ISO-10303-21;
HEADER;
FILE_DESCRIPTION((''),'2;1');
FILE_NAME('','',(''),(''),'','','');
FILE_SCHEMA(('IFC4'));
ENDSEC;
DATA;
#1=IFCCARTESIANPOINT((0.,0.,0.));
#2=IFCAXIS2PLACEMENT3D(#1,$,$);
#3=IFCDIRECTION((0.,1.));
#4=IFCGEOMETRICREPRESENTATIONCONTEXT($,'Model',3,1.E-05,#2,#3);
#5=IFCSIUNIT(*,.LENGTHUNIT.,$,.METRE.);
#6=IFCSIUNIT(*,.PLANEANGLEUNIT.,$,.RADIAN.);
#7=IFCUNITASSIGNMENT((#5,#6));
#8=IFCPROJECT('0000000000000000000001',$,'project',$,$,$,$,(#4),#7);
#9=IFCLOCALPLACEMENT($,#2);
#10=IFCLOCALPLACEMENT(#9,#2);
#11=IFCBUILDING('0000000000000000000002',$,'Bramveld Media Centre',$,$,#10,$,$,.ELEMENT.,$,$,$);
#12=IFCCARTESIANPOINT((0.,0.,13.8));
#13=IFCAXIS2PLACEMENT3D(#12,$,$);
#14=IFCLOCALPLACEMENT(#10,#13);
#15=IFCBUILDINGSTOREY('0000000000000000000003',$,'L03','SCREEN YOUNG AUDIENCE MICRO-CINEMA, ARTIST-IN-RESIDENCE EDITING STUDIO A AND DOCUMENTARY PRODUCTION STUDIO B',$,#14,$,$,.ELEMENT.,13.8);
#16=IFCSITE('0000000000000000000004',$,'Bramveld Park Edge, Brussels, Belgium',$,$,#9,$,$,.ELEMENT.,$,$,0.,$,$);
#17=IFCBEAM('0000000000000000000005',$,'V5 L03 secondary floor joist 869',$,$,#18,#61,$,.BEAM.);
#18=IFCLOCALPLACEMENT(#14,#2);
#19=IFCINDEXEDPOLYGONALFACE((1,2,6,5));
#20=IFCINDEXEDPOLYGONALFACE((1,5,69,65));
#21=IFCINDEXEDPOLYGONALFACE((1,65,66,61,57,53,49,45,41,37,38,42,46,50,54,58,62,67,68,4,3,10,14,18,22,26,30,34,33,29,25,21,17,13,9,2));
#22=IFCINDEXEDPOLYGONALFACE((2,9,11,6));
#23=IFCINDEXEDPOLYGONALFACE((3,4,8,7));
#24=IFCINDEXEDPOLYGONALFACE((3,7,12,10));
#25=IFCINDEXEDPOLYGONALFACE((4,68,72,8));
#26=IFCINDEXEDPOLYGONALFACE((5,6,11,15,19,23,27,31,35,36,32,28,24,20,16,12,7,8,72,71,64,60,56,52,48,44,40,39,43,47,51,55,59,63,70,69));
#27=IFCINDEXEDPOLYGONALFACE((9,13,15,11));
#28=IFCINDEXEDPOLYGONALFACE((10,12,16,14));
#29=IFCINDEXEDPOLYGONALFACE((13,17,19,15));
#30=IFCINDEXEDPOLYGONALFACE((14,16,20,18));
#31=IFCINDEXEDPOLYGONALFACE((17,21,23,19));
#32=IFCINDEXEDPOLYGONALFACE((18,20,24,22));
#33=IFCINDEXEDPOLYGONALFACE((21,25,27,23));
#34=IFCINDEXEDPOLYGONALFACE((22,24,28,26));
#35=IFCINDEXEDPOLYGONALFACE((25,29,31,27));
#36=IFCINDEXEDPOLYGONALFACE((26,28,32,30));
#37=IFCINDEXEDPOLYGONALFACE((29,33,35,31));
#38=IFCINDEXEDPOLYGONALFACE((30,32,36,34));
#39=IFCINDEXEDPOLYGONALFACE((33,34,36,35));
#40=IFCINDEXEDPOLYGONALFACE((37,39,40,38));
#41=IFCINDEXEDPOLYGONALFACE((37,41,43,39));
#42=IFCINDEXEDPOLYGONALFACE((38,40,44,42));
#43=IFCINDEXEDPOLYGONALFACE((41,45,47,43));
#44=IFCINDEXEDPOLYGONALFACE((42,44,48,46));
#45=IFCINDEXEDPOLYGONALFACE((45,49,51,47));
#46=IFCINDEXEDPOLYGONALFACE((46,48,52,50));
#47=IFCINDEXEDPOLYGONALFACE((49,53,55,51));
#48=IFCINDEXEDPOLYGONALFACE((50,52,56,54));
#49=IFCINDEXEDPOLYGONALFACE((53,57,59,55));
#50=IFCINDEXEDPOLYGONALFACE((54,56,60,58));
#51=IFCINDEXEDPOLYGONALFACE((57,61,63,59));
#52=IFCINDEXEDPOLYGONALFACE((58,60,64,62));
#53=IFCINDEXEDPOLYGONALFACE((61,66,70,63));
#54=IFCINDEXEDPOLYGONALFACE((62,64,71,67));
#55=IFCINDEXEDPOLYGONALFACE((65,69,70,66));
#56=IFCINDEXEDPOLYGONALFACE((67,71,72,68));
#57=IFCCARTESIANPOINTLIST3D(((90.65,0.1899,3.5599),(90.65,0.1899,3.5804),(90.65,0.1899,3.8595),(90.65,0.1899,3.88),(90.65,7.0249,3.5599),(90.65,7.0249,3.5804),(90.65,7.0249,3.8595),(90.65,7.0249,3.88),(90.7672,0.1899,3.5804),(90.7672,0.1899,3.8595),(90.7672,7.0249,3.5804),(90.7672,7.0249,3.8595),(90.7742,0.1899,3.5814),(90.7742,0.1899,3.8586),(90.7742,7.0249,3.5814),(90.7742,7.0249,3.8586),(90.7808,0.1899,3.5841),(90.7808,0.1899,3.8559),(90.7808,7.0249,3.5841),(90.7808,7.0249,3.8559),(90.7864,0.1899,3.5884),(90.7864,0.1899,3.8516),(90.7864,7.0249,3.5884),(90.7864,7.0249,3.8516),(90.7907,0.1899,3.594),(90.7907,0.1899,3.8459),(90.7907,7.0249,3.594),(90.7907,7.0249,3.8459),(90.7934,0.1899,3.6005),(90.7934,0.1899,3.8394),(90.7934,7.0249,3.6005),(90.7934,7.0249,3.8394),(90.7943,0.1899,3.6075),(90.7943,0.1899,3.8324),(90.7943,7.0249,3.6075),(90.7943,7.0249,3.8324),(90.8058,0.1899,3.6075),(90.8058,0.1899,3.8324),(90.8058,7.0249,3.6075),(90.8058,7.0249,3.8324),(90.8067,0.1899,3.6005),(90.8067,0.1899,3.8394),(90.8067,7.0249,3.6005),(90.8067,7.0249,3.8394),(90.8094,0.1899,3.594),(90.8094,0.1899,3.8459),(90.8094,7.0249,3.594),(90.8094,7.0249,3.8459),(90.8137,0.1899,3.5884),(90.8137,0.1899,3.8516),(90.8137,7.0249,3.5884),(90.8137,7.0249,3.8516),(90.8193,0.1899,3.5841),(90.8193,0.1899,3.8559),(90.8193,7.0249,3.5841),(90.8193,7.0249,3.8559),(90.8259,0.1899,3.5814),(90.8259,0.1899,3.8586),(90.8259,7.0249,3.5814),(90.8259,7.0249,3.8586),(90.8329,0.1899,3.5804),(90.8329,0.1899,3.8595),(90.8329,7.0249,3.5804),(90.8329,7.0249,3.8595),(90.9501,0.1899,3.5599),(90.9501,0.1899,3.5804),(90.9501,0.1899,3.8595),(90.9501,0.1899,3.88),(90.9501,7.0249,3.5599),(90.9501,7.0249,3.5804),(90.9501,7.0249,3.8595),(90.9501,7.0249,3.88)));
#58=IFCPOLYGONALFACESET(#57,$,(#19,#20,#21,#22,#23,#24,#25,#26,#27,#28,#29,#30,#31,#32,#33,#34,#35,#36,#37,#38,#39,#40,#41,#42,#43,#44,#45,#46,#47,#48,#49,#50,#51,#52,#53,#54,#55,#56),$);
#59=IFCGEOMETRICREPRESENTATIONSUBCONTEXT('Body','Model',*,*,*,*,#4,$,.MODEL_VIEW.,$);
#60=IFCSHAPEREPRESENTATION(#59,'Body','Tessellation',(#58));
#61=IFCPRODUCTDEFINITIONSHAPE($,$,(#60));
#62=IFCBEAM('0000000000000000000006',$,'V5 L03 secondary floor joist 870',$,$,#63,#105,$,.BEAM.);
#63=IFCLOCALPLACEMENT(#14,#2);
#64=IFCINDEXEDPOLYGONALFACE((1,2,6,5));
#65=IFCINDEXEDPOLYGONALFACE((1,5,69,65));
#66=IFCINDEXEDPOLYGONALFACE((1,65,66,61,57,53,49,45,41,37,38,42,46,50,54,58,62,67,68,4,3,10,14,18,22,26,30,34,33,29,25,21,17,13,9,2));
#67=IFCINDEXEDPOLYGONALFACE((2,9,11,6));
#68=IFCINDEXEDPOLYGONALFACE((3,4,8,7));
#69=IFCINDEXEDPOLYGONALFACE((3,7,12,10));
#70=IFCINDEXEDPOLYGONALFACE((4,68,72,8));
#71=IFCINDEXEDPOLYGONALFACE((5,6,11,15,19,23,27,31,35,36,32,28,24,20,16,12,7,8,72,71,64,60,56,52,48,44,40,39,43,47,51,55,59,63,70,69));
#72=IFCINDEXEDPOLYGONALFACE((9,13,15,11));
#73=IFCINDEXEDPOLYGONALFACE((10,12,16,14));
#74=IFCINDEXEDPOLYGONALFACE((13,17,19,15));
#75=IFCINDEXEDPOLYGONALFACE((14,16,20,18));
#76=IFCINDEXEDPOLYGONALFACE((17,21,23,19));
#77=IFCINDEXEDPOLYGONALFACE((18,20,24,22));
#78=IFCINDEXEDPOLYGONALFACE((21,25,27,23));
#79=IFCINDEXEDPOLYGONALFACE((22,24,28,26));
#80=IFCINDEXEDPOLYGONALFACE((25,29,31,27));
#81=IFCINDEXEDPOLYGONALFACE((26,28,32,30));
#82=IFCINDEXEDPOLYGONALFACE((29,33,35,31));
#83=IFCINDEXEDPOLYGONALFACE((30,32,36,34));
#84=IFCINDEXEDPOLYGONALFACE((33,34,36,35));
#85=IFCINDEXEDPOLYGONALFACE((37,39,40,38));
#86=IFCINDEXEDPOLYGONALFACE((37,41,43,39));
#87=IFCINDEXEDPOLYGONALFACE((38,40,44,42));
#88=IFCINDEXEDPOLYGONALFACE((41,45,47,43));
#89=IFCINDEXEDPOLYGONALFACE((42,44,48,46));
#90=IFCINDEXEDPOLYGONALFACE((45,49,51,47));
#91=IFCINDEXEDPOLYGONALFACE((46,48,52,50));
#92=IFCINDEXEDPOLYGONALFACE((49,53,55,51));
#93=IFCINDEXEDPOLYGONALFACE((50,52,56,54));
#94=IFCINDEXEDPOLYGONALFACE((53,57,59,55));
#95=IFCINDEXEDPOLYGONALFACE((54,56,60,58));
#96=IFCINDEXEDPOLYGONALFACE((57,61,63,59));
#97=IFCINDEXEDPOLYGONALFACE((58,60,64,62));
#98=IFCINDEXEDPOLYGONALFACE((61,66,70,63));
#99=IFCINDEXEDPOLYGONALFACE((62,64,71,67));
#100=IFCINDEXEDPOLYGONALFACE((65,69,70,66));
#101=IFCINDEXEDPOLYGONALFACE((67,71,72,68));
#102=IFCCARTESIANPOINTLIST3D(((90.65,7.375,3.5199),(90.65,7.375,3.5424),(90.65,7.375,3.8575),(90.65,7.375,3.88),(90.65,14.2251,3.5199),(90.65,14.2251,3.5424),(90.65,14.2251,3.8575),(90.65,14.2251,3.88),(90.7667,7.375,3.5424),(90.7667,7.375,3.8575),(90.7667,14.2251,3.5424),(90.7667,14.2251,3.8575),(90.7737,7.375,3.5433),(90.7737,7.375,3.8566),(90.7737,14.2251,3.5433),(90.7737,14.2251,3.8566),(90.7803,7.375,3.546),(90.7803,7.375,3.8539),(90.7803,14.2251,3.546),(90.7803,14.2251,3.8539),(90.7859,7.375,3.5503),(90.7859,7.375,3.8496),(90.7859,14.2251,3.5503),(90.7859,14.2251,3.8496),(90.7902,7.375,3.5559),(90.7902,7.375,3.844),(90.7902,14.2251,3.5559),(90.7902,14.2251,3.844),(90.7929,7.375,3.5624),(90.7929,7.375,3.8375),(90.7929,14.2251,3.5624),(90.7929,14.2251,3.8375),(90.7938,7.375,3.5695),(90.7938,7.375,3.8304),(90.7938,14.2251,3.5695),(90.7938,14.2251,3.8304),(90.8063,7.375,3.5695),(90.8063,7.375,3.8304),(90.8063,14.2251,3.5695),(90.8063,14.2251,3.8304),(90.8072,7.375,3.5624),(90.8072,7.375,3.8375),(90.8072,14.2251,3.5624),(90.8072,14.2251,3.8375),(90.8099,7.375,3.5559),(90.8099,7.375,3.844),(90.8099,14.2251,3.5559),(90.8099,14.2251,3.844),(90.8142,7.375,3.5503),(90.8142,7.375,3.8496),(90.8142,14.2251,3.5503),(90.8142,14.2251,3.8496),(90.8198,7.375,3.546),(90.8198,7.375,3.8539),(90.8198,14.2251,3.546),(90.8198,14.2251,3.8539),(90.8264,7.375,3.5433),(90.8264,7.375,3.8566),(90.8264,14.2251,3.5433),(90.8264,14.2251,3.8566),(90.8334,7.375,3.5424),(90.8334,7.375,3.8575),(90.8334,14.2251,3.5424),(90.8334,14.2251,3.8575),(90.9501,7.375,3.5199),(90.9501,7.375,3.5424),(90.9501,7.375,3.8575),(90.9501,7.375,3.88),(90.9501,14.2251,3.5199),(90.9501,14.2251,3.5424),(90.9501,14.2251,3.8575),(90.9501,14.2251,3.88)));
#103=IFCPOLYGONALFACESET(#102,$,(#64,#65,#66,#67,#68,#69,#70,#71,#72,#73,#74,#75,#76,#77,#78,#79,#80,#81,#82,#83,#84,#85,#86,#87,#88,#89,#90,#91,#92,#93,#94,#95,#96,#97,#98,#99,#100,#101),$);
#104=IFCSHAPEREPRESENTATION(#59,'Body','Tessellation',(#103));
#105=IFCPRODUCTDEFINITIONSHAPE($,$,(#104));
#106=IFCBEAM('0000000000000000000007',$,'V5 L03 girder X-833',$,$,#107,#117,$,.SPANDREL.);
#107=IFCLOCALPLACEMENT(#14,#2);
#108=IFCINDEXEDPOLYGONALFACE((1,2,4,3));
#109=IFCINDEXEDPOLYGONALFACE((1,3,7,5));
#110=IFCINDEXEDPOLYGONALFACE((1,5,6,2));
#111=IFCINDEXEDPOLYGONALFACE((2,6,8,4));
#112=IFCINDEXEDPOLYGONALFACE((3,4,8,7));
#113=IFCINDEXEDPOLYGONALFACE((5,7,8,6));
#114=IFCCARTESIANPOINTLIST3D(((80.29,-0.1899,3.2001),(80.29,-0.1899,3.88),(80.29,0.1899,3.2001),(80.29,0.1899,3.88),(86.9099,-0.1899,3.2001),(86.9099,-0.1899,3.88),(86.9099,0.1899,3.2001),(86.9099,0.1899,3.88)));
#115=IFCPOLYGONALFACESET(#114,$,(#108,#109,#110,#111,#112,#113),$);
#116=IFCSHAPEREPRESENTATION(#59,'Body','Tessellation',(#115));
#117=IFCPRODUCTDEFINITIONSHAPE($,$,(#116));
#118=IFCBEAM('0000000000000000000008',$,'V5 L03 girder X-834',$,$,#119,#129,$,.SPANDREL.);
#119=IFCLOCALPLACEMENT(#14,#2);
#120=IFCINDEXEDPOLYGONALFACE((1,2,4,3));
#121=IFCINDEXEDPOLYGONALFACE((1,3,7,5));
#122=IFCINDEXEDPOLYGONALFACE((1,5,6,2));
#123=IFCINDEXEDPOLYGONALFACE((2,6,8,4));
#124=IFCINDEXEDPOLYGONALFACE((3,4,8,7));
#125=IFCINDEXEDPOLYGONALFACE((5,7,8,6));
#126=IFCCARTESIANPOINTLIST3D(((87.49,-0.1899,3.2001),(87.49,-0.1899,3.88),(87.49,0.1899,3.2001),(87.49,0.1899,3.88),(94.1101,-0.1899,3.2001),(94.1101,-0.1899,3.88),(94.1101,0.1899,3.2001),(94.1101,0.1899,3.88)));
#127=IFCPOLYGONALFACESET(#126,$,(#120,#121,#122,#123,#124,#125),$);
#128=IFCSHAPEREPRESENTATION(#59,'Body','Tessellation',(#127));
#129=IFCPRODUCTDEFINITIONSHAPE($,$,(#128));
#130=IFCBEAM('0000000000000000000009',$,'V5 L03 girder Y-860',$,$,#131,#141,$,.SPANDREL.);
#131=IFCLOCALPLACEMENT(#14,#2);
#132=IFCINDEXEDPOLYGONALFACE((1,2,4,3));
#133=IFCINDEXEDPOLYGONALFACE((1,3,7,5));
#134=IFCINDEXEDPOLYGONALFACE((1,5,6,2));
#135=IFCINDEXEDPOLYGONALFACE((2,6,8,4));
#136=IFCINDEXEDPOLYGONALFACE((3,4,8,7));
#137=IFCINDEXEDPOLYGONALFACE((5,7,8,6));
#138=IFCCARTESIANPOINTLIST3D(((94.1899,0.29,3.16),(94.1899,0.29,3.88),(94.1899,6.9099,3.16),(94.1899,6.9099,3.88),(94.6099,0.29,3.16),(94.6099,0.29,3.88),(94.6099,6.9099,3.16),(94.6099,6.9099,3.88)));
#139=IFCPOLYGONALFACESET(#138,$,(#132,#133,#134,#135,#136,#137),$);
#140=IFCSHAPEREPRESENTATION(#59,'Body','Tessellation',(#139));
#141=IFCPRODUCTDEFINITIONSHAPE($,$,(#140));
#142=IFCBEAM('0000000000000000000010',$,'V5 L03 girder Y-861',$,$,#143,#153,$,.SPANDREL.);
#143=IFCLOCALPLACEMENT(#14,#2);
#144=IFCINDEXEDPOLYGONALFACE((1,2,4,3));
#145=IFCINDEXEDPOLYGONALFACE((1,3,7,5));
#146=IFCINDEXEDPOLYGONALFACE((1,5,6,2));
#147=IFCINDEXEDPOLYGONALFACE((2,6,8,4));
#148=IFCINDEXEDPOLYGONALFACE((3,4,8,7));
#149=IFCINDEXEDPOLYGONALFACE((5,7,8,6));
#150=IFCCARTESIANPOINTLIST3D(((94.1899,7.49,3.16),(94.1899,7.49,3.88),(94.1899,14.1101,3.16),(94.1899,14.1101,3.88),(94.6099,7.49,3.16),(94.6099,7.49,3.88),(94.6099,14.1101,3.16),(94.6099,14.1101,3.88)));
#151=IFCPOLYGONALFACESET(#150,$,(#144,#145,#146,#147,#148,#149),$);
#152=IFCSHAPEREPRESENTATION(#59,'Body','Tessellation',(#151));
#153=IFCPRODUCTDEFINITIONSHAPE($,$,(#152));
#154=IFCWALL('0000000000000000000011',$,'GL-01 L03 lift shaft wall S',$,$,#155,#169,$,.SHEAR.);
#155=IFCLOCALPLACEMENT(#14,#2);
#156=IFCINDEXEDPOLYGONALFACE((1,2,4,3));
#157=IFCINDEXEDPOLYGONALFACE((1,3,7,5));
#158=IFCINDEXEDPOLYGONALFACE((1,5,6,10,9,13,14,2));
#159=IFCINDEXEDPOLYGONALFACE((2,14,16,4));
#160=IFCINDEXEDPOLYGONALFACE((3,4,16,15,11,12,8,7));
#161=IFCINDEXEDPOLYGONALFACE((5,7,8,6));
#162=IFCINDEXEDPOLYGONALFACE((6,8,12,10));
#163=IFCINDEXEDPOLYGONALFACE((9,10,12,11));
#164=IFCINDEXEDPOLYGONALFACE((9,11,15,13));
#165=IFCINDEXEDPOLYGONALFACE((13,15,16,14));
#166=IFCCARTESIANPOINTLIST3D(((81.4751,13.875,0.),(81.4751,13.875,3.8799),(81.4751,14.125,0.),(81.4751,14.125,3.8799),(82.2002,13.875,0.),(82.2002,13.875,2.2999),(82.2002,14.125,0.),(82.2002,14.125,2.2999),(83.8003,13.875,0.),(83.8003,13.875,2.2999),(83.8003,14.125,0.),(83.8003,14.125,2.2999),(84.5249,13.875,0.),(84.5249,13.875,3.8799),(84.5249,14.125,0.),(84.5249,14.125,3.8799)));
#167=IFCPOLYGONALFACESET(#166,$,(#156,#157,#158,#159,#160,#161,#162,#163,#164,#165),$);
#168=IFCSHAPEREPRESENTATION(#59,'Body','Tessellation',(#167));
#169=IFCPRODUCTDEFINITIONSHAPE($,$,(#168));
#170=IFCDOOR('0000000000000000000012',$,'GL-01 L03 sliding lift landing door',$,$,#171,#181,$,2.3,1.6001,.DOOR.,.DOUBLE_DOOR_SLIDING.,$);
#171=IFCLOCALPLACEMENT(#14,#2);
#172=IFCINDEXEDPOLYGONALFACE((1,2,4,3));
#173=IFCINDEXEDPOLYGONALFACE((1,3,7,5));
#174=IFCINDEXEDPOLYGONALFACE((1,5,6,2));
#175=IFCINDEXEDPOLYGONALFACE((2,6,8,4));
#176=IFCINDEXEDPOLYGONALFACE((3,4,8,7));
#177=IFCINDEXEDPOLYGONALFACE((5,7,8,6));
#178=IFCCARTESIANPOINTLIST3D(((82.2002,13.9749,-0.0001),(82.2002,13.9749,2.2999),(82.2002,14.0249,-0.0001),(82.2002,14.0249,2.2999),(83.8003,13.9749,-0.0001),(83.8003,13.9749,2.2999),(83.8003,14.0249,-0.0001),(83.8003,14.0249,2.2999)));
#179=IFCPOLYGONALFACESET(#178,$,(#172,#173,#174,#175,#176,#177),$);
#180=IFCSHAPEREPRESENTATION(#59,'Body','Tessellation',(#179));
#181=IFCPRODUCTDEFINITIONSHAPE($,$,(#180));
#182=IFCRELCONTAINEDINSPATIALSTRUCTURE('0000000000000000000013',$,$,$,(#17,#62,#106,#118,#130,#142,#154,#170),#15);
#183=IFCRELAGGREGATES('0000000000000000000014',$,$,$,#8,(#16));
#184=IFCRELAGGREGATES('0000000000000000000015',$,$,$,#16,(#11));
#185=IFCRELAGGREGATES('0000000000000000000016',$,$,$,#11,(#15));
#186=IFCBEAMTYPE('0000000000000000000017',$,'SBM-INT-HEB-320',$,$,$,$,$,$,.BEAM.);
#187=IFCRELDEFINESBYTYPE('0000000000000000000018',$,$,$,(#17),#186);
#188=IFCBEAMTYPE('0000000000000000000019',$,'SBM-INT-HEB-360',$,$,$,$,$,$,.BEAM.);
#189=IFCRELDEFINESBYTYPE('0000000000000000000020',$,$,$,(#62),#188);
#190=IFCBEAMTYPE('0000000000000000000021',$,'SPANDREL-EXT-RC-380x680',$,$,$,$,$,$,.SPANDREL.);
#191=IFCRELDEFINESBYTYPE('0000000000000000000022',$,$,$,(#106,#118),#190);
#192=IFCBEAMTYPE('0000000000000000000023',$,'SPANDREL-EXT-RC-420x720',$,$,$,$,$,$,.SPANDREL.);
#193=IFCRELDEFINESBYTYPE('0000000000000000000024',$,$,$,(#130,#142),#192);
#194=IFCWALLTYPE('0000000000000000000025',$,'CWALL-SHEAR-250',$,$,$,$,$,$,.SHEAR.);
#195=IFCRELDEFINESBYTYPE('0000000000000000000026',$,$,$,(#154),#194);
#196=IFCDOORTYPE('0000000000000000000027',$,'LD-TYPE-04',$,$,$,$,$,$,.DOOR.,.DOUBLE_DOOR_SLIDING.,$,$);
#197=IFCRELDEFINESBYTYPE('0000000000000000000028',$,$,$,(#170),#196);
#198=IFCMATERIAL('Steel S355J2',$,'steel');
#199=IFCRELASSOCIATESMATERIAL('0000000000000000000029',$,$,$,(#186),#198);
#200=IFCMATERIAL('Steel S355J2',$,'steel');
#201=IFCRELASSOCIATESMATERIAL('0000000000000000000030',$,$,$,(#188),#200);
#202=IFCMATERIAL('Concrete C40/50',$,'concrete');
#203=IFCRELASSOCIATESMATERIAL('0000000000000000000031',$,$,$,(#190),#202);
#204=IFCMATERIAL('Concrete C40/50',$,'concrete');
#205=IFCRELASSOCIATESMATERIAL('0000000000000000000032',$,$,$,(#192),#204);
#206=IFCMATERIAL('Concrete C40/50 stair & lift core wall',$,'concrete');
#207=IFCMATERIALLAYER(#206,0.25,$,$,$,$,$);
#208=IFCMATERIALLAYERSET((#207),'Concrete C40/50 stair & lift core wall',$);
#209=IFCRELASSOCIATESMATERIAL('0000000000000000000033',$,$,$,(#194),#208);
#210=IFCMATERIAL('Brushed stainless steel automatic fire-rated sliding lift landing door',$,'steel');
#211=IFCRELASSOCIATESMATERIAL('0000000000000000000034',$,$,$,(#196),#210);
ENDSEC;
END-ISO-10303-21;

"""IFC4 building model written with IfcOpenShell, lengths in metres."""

from ifc_helpers import new_model, si_unit, direction, frame, frame_2d, origin, origin_2d, place, context, subcontext, project, spatial, rectangle, i_section, extrude, material, layer, layer_set, material_profile, profile_set, type_object, element, fill, save


model = new_model("IFC4")

# Units and contexts
model_context = context("Model", 3, precision=1e-05, world=origin(), true_north=direction((0.0, 1.0)))
body_context = subcontext(model_context, "Body", "Model", "MODEL_VIEW")
ifc_project = project(units=[si_unit("LENGTHUNIT", "METRE"), si_unit("PLANEANGLEUNIT", "RADIAN")], contexts=[model_context])

# Site, building, storey
site_placement = place(None, origin())
site = spatial("IfcSite", under=ifc_project, at=site_placement, Name="Bramveld Park Edge, Brussels, Belgium", CompositionType="ELEMENT", RefElevation=0.0)
building_placement = place(site_placement, origin())
building = spatial("IfcBuilding", under=site, at=building_placement, Name="Bramveld Media Centre", CompositionType="ELEMENT")
storey_placement = place(building_placement, frame((0.0, 0.0, 13.8)))
storey = spatial("IfcBuildingStorey", under=building, at=storey_placement, Name="L03", Description="SCREEN YOUNG AUDIENCE MICRO-CINEMA, ARTIST-IN-RESIDENCE EDITING STUDIO A AND DOCUMENTARY PRODUCTION STUDIO B", CompositionType="ELEMENT", Elevation=13.8)

# Beams
ifc_material_1 = material(Name="Steel S355J2", Category="steel")
ifc_material_profile_1 = material_profile(ifc_material_1, i_section(OverallWidth=0.3, OverallDepth=0.3201, WebThickness=0.0115, FlangeThickness=0.0205, FilletRadius=0.0271, at=origin_2d()), Name="HEB 320")
ifc_profile_set_1 = profile_set([ifc_material_profile_1], Name="Steel S355J2")
beam_type_1 = type_object("IfcBeamType", Name="SBM-INT-HEB-320", PredefinedType="BEAM", material=ifc_profile_set_1)
beam_1_placement = place(storey_placement, frame((90.8, 0.1899, 3.72), z_axis=(0.0, 1.0, 0.0), x_axis=(-1.0, 0.0, 0.0)))
element("IfcBeam", 1, at=beam_1_placement, inside=storey, type_object=beam_type_1, Name="V5 L03 secondary floor joist 869", PredefinedType="BEAM", context=body_context, shape_type="SweptSolid", body=[
    extrude(i_section(OverallWidth=0.3, OverallDepth=0.3201, WebThickness=0.0115, FlangeThickness=0.0205, FilletRadius=0.0271, at=origin_2d()), origin(), (0.0, 0.0, 1.0), 6.835),
])
ifc_material_2 = material(Name="Steel S355J2", Category="steel")
ifc_material_profile_2 = material_profile(ifc_material_2, i_section(OverallWidth=0.3, OverallDepth=0.3601, WebThickness=0.0125, FlangeThickness=0.0225, FilletRadius=0.0271, at=origin_2d()), Name="HEB 360")
ifc_profile_set_2 = profile_set([ifc_material_profile_2], Name="Steel S355J2")
beam_type_2 = type_object("IfcBeamType", Name="SBM-INT-HEB-360", PredefinedType="BEAM", material=ifc_profile_set_2)
beam_2_placement = place(storey_placement, frame((90.8, 7.375, 3.7), z_axis=(0.0, 1.0, 0.0), x_axis=(-1.0, 0.0, 0.0)))
element("IfcBeam", 2, at=beam_2_placement, inside=storey, type_object=beam_type_2, Name="V5 L03 secondary floor joist 870", PredefinedType="BEAM", context=body_context, shape_type="SweptSolid", body=[
    extrude(i_section(OverallWidth=0.3, OverallDepth=0.3601, WebThickness=0.0125, FlangeThickness=0.0225, FilletRadius=0.0271, at=origin_2d()), origin(), (0.0, 0.0, 1.0), 6.8501),
])
ifc_material_3 = material(Name="Concrete C40/50", Category="concrete")
ifc_material_profile_3 = material_profile(ifc_material_3, rectangle(XDim=0.3799, YDim=0.6799, at=origin_2d()), Name="RC 380x680")
ifc_profile_set_3 = profile_set([ifc_material_profile_3], Name="Concrete C40/50")
beam_type_3 = type_object("IfcBeamType", Name="SPANDREL-EXT-RC-380x680", PredefinedType="SPANDREL", material=ifc_profile_set_3)
beam_3_placement = place(storey_placement, frame((80.29, 0.0, 3.54), z_axis=(1.0, 0.0, 0.0), x_axis=(0.0, 1.0, 0.0)))
element("IfcBeam", 3, at=beam_3_placement, inside=storey, type_object=beam_type_3, Name="V5 L03 girder X-833", PredefinedType="SPANDREL", context=body_context, shape_type="SweptSolid", body=[
    extrude(rectangle(XDim=0.3799, YDim=0.6799, at=origin_2d()), origin(), (0.0, 0.0, 1.0), 6.6199),
])
beam_4_placement = place(storey_placement, frame((87.49, 0.0, 3.54), z_axis=(1.0, 0.0, 0.0), x_axis=(0.0, 1.0, 0.0)))
element("IfcBeam", 4, at=beam_4_placement, inside=storey, type_object=beam_type_3, Name="V5 L03 girder X-834", PredefinedType="SPANDREL", context=body_context, shape_type="SweptSolid", body=[
    extrude(rectangle(XDim=0.3799, YDim=0.6799, at=origin_2d()), origin(), (0.0, 0.0, 1.0), 6.6201),
])
ifc_material_4 = material(Name="Concrete C40/50", Category="concrete")
ifc_material_profile_4 = material_profile(ifc_material_4, rectangle(XDim=0.4199, YDim=0.72, at=origin_2d()), Name="RC 420x720")
ifc_profile_set_4 = profile_set([ifc_material_profile_4], Name="Concrete C40/50")
beam_type_4 = type_object("IfcBeamType", Name="SPANDREL-EXT-RC-420x720", PredefinedType="SPANDREL", material=ifc_profile_set_4)
beam_5_placement = place(storey_placement, frame((94.3999, 0.29, 3.52), z_axis=(0.0, 1.0, 0.0), x_axis=(-1.0, 0.0, 0.0)))
element("IfcBeam", 5, at=beam_5_placement, inside=storey, type_object=beam_type_4, Name="V5 L03 girder Y-860", PredefinedType="SPANDREL", context=body_context, shape_type="SweptSolid", body=[
    extrude(rectangle(XDim=0.4199, YDim=0.72, at=origin_2d()), origin(), (0.0, 0.0, 1.0), 6.6199),
])
beam_6_placement = place(storey_placement, frame((94.3999, 7.49, 3.52), z_axis=(0.0, 1.0, 0.0), x_axis=(-1.0, 0.0, 0.0)))
element("IfcBeam", 6, at=beam_6_placement, inside=storey, type_object=beam_type_4, Name="V5 L03 girder Y-861", PredefinedType="SPANDREL", context=body_context, shape_type="SweptSolid", body=[
    extrude(rectangle(XDim=0.4199, YDim=0.72, at=origin_2d()), origin(), (0.0, 0.0, 1.0), 6.6201),
])

# Wall, opening, door
ifc_material_5 = material(Name="Concrete C40/50 stair & lift core wall", Category="concrete")
ifc_layer_1 = layer(ifc_material_5, 0.25)
ifc_layer_set_1 = layer_set([ifc_layer_1], Name="Concrete C40/50 stair & lift core wall")
wall_type_1 = type_object("IfcWallType", Name="CWALL-SHEAR-250", PredefinedType="SHEAR", material=ifc_layer_set_1)
wall_1_placement = place(storey_placement, frame((81.4751, 14.0, 0.0), z_axis=(0.0, 0.0, 1.0), x_axis=(1.0, 0.0, 0.0)))
wall_1 = element("IfcWall", 7, at=wall_1_placement, inside=storey, type_object=wall_type_1, Name="GL-01 L03 lift shaft wall S", PredefinedType="SHEAR", context=body_context, shape_type="SweptSolid", body=[
    extrude(rectangle(XDim=3.0498, YDim=0.25, at=frame_2d((1.5249, 0.0))), origin(), (0.0, 0.0, 1.0), 3.8799),
])
opening_placement = place(wall_1_placement, frame((0.7251, 0.0, 0.0)))
opening = element("IfcOpeningElement", 8, at=opening_placement, cuts=wall_1, PredefinedType="OPENING", context=body_context, shape_type="SweptSolid", body=[
    extrude(rectangle(XDim=1.6001, YDim=2.3, at=frame_2d((0.8, 1.1499))), frame((0.0, 0.137, 0.0), z_axis=(0.0, -1.0, 0.0), x_axis=(1.0, 0.0, 0.0)), (0.0, 0.0, 1.0), 0.2739),
])
ifc_material_6 = material(Name="Brushed stainless steel automatic fire-rated sliding lift landing door", Category="steel")
door_type = type_object("IfcDoorType", Name="LD-TYPE-04", OperationType="DOUBLE_DOOR_SLIDING", PredefinedType="DOOR", material=ifc_material_6)
door_placement = place(opening_placement, origin())
door = element("IfcDoor", 9, at=door_placement, inside=storey, type_object=door_type, Name="GL-01 L03 sliding lift landing door", OperationType="DOUBLE_DOOR_SLIDING", OverallHeight=2.3, OverallWidth=1.6001, PredefinedType="DOOR", context=body_context, shape_type="SweptSolid", body=[
    extrude(rectangle(XDim=1.6001, YDim=2.3, at=frame_2d((0.8, 1.1499))), frame((0.0, 0.0249, 0.0), z_axis=(0.0, -1.0, 0.0), x_axis=(1.0, 0.0, 0.0)), (0.0, 0.0, 1.0), 0.05),
])
fill(opening, door)

save(model, "model.ifc")
